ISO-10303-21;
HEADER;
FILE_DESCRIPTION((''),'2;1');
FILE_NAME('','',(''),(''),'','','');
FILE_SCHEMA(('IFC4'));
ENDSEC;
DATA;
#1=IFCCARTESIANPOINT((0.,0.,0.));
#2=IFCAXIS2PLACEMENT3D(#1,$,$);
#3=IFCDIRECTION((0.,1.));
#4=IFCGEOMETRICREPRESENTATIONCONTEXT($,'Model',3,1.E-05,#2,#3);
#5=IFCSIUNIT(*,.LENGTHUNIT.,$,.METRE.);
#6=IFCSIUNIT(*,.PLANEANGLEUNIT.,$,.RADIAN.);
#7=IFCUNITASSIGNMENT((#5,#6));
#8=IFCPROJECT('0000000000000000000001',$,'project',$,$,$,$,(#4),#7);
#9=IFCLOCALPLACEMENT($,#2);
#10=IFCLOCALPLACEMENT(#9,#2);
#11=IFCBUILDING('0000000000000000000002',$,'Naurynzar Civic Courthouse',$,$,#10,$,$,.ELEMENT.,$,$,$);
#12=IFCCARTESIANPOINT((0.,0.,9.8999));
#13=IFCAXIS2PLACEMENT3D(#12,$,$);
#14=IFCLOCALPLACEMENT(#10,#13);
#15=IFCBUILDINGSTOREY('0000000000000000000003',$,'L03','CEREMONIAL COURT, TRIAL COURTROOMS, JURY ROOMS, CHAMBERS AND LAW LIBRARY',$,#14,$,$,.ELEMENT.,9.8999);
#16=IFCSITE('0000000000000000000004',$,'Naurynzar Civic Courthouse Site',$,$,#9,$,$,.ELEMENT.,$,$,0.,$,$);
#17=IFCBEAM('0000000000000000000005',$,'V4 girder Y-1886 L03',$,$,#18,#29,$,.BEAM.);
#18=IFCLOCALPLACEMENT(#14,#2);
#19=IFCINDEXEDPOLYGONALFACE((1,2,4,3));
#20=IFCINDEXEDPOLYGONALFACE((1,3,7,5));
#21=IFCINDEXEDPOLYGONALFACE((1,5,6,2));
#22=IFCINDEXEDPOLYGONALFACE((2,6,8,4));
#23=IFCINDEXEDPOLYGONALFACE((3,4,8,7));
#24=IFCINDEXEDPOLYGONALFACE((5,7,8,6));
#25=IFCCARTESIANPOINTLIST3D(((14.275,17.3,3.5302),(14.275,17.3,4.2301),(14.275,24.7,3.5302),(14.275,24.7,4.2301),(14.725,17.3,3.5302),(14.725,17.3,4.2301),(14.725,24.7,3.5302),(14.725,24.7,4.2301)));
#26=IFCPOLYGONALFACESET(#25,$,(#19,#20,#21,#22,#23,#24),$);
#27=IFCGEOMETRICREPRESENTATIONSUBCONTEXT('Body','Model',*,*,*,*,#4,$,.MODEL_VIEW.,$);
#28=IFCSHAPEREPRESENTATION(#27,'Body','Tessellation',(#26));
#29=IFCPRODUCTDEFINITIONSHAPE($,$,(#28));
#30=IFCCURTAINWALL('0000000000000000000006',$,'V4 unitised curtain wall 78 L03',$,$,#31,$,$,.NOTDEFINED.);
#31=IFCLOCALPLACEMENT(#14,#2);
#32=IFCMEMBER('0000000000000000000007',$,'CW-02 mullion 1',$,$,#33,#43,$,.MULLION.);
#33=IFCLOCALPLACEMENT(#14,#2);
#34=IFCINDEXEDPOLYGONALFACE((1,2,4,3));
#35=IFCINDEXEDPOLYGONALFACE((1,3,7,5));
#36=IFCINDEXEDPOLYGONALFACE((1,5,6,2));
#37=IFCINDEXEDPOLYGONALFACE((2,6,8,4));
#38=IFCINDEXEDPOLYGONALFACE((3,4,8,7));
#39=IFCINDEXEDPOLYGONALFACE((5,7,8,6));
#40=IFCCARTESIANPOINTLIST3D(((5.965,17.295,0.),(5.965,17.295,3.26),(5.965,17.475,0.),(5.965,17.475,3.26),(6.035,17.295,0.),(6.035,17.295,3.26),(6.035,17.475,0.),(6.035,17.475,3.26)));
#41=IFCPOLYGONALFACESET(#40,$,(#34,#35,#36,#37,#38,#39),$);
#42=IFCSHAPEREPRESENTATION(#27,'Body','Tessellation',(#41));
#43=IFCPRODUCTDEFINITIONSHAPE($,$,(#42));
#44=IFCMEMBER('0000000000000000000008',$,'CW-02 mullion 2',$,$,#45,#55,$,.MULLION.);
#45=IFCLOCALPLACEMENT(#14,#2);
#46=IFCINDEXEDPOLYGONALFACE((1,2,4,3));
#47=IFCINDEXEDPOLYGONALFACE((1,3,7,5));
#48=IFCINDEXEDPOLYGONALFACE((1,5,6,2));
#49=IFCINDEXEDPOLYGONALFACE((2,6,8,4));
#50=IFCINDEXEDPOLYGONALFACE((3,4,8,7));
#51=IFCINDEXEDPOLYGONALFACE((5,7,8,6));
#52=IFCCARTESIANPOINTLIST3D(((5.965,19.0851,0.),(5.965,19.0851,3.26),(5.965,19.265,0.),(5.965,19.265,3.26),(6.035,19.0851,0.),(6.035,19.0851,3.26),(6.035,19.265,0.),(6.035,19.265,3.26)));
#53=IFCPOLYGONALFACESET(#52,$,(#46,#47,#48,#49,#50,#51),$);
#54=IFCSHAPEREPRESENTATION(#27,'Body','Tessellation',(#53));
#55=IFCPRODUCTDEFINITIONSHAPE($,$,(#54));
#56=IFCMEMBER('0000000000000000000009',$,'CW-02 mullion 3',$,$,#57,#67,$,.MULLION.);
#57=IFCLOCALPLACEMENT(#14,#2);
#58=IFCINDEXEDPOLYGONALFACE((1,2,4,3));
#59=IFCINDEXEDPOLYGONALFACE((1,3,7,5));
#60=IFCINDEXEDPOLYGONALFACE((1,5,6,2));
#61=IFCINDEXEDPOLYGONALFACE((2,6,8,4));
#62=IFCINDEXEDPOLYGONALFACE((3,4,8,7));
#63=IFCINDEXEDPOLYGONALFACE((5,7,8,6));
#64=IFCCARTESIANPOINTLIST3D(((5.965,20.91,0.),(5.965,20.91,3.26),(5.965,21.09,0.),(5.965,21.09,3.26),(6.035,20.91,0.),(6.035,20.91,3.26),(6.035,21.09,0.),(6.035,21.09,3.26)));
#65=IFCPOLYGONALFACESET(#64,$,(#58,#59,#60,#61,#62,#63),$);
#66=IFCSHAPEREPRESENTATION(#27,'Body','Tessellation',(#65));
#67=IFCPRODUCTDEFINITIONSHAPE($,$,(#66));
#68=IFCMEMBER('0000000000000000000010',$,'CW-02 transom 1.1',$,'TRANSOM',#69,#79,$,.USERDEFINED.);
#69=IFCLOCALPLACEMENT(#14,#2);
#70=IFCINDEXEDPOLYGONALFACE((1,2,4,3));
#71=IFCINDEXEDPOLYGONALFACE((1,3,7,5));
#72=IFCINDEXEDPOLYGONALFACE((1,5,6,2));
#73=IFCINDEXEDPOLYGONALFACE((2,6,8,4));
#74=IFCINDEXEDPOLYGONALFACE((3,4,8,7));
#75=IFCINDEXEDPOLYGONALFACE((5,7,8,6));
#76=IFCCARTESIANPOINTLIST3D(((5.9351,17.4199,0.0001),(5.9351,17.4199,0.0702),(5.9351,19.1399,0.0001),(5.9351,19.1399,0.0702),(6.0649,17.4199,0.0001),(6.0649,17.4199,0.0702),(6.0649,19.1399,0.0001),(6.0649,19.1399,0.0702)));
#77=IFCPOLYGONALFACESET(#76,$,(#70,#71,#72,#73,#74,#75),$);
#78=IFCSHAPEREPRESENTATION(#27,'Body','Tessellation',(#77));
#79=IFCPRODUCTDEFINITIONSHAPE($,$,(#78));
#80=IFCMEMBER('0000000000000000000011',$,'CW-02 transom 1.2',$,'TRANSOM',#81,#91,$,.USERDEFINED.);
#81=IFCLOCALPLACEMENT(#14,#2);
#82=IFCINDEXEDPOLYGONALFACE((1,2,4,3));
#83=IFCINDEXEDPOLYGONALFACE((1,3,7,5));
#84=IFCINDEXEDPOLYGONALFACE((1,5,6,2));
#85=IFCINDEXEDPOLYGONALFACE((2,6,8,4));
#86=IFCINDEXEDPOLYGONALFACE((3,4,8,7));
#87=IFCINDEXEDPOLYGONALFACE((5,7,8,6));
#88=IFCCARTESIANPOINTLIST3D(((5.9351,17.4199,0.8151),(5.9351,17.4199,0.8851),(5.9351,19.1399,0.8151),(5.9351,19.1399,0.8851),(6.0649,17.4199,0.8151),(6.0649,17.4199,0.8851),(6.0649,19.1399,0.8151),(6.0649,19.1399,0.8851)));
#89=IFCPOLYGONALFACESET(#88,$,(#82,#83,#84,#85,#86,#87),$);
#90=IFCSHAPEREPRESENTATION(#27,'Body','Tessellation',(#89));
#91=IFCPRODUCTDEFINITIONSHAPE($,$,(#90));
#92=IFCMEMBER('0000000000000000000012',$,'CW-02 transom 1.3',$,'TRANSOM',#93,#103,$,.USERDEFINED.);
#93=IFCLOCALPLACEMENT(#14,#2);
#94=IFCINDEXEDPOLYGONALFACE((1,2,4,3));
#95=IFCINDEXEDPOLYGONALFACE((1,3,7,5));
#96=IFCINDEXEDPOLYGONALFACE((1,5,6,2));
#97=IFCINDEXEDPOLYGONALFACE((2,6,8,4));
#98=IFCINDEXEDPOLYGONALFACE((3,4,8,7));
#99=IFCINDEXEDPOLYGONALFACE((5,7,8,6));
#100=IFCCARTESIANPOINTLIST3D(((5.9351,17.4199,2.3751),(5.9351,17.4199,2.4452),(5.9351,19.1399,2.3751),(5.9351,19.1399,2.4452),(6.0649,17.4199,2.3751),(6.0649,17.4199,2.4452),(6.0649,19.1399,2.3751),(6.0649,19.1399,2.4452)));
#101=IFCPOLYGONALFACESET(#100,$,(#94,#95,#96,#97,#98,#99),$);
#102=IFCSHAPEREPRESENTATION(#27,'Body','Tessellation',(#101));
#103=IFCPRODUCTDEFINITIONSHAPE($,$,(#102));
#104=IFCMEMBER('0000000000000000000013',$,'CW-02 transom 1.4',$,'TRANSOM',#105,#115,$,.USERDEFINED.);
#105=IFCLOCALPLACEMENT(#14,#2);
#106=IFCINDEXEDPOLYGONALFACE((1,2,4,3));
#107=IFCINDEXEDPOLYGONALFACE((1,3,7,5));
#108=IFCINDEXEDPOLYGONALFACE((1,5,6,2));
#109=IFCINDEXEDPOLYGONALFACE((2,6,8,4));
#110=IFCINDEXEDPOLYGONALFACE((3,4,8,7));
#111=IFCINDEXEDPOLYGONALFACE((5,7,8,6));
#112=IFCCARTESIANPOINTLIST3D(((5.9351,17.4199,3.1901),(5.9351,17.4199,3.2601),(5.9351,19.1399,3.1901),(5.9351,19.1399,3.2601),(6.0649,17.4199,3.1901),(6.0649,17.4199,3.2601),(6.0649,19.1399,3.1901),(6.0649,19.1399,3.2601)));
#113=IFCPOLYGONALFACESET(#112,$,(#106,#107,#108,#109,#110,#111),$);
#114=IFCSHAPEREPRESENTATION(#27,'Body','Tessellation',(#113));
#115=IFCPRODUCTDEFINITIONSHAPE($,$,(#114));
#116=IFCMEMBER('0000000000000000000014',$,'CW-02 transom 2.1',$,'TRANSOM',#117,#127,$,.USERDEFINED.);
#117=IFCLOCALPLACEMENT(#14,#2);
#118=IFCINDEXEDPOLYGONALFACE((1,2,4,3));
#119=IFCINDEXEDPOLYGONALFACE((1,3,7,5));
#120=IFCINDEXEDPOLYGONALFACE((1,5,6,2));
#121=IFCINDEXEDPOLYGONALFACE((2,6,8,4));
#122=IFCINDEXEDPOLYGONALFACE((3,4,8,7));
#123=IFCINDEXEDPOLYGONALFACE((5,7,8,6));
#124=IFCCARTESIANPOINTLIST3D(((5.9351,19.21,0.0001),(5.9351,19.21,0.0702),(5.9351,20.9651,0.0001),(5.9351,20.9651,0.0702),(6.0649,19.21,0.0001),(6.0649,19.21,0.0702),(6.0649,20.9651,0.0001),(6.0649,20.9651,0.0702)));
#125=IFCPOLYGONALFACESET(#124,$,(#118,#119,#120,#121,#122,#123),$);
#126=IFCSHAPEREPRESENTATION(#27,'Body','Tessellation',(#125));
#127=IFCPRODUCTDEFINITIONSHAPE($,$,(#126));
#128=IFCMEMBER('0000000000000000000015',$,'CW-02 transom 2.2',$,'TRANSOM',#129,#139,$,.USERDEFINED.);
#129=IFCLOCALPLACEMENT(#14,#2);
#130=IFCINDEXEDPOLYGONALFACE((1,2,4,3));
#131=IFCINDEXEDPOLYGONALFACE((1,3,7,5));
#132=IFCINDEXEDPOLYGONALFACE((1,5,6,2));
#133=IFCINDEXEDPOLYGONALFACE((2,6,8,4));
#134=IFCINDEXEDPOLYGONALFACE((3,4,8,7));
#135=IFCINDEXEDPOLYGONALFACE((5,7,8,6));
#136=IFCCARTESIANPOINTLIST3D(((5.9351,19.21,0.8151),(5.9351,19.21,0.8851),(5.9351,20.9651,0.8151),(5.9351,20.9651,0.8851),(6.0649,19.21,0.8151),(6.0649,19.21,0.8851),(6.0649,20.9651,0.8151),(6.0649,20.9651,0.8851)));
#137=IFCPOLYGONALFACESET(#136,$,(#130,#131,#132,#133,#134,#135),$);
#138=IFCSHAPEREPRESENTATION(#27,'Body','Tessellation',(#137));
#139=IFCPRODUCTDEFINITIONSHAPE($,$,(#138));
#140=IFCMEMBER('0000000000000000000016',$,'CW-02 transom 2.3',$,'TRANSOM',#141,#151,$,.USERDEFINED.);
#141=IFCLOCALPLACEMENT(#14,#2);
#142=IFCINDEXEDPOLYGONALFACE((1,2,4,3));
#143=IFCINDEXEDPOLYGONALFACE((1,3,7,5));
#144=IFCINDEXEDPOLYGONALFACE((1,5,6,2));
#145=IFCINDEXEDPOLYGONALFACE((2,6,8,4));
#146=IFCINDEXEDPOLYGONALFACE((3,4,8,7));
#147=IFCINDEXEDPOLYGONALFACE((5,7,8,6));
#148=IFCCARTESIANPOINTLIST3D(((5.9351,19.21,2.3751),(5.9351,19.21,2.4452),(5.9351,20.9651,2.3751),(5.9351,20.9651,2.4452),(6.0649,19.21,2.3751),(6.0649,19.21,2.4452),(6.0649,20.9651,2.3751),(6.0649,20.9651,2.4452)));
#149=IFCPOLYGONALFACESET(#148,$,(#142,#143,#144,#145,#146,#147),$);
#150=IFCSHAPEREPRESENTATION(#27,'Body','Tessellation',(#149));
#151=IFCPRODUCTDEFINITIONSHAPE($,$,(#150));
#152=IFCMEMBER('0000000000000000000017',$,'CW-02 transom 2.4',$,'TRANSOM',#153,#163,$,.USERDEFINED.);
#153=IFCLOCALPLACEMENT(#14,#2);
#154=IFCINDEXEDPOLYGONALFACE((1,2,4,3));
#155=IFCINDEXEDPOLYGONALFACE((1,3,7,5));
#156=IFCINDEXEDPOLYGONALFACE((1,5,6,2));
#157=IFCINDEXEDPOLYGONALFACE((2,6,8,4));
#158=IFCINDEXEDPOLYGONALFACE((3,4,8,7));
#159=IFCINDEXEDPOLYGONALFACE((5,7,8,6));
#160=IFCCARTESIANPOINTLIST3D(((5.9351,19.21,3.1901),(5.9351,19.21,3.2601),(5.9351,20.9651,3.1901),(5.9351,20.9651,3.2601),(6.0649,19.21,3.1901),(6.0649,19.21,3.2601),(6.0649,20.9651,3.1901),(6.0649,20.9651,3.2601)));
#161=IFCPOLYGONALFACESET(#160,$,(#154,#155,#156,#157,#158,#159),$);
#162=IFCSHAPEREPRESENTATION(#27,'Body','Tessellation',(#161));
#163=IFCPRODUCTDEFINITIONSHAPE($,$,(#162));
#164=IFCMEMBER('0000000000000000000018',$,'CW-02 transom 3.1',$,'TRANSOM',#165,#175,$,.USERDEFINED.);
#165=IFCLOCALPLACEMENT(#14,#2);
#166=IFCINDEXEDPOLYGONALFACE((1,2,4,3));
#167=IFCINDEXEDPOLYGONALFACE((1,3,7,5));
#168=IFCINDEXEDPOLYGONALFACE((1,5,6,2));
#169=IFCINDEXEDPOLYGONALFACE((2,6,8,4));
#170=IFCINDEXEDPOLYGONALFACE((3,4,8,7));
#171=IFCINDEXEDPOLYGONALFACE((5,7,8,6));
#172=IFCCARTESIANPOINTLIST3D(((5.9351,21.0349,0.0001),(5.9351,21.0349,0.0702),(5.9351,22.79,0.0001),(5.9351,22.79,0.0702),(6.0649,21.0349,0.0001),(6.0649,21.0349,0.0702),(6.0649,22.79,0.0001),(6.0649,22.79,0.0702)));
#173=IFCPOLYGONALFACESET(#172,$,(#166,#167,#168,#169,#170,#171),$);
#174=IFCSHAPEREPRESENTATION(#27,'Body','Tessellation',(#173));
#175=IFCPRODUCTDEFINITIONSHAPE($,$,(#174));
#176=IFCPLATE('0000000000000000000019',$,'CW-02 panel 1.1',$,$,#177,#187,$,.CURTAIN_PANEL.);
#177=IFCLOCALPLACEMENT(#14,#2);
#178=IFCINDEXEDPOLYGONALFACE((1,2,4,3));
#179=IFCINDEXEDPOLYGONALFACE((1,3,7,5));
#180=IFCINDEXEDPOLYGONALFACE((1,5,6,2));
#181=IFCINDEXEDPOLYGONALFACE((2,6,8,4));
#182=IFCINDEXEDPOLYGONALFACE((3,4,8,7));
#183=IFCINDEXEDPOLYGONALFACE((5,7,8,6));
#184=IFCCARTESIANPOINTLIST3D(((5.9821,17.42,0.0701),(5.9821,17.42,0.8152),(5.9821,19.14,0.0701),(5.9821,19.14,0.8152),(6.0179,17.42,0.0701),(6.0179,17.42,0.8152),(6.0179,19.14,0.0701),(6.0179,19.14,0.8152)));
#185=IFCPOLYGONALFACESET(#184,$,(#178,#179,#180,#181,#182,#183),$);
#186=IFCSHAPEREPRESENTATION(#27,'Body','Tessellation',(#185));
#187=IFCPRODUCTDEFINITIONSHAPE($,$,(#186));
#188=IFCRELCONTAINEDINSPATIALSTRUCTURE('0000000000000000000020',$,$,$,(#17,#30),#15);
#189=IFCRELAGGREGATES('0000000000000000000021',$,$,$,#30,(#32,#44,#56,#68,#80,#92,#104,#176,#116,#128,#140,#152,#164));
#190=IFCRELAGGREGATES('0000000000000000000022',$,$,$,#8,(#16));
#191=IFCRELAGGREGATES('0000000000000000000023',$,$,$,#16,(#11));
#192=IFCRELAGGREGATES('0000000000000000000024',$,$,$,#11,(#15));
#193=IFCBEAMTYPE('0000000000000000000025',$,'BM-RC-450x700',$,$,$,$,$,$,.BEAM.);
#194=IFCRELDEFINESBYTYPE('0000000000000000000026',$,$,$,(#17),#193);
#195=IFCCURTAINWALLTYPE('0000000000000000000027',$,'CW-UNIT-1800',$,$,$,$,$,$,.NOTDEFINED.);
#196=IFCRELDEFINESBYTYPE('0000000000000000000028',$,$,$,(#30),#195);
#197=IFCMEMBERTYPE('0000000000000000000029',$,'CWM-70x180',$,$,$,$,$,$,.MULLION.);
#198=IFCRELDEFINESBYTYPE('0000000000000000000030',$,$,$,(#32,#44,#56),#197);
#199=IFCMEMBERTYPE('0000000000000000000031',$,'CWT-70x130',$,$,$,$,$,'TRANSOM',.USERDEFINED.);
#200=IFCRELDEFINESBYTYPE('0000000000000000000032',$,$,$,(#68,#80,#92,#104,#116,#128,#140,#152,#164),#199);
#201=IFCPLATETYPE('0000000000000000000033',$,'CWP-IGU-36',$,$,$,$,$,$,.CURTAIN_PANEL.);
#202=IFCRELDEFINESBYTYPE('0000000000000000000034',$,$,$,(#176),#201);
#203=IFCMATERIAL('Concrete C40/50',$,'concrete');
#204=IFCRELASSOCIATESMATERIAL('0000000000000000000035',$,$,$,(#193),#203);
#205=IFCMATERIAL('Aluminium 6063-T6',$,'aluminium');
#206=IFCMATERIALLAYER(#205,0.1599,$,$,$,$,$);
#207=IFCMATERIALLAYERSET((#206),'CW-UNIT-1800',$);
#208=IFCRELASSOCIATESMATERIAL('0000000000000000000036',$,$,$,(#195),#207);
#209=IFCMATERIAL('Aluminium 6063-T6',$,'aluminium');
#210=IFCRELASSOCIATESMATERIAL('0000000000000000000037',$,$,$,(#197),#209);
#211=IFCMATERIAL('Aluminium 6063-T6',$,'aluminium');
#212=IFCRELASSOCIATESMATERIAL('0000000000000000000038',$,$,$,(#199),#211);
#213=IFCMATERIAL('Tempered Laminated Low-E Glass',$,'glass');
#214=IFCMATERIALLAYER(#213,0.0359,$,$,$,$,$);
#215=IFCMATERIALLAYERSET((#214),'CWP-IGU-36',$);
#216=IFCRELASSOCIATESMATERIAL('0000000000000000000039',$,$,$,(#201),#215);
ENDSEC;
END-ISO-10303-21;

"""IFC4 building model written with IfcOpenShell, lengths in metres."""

from ifc_helpers import new_model, si_unit, direction, frame, origin, origin_2d, place, context, subcontext, project, spatial, rectangle, extrude, material, layer, layer_set, material_profile, profile_set, type_object, element, aggregate, save


model = new_model("IFC4")

# Units and contexts
model_context = context("Model", 3, precision=1e-05, world=origin(), true_north=direction((0.0, 1.0)))
body_context = subcontext(model_context, "Body", "Model", "MODEL_VIEW")
ifc_project = project(units=[si_unit("LENGTHUNIT", "METRE"), si_unit("PLANEANGLEUNIT", "RADIAN")], contexts=[model_context])

# Site, building, storey
site_placement = place(None, origin())
site = spatial("IfcSite", under=ifc_project, at=site_placement, Name="Naurynzar Civic Courthouse Site", CompositionType="ELEMENT", RefElevation=0.0)
building_placement = place(site_placement, origin())
building = spatial("IfcBuilding", under=site, at=building_placement, Name="Naurynzar Civic Courthouse", CompositionType="ELEMENT")
storey_placement = place(building_placement, frame((0.0, 0.0, 9.8999)))
storey = spatial("IfcBuildingStorey", under=building, at=storey_placement, Name="L03", Description="CEREMONIAL COURT, TRIAL COURTROOMS, JURY ROOMS, CHAMBERS AND LAW LIBRARY", CompositionType="ELEMENT", Elevation=9.8999)

# Beam
ifc_material_1 = material(Name="Concrete C40/50", Category="concrete")
ifc_material_profile_1 = material_profile(ifc_material_1, rectangle(XDim=0.45, YDim=0.7, at=origin_2d()), Name="RCB 450x700")
ifc_profile_set_1 = profile_set([ifc_material_profile_1], Name="Concrete C40/50")
beam_type_1 = type_object("IfcBeamType", Name="BM-RC-450x700", PredefinedType="BEAM", material=ifc_profile_set_1)
for number, where, z_axis, x_axis, name in (
    (1, (14.5, 17.3, 3.8801), (0.0, 1.0, 0.0), (-1.0, 0.0, 0.0), "V4 girder Y-1886 L03"),
):
    element("IfcBeam", number, at=place(storey_placement, frame(where, z_axis=z_axis, x_axis=x_axis)), inside=storey, type_object=beam_type_1, Name=name, PredefinedType="BEAM", context=body_context, shape_type="SweptSolid", body=[
        extrude(rectangle(XDim=0.45, YDim=0.7, at=origin_2d()), origin(), (0.0, 0.0, 1.0), 7.3999),
    ])

# Curtain wall, members, plate
ifc_material_2 = material(Name="Aluminium 6063-T6", Category="aluminium")
ifc_layer_1 = layer(ifc_material_2, 0.1599)
ifc_layer_set_1 = layer_set([ifc_layer_1], Name="CW-UNIT-1800")
curtain_wall_type = type_object("IfcCurtainWallType", Name="CW-UNIT-1800", PredefinedType="NOTDEFINED", material=ifc_layer_set_1)
curtain_wall_placement = place(storey_placement, origin())
curtain_wall = element("IfcCurtainWall", 2, at=curtain_wall_placement, inside=storey, type_object=curtain_wall_type, Name="V4 unitised curtain wall 78 L03", PredefinedType="NOTDEFINED")
ifc_material_3 = material(Name="Aluminium 6063-T6", Category="aluminium")
ifc_material_profile_2 = material_profile(ifc_material_3, rectangle(XDim=0.0701, YDim=0.1799, at=origin_2d()), Name="ALU MULLION 70x180")
ifc_profile_set_2 = profile_set([ifc_material_profile_2], Name="Aluminium 6063-T6")
member_type_1 = type_object("IfcMemberType", Name="CWM-70x180", PredefinedType="MULLION", material=ifc_profile_set_2)
member_1_placement = place(storey_placement, frame((6.0, 17.385, 0.0), z_axis=(0.0, 0.0, 1.0), x_axis=(-1.0, 0.0, 0.0)))
member_1 = element("IfcMember", 3, at=member_1_placement, type_object=member_type_1, Name="CW-02 mullion 1", PredefinedType="MULLION", context=body_context, shape_type="SweptSolid", body=[
    extrude(rectangle(XDim=0.0701, YDim=0.1799, at=origin_2d()), origin(), (0.0, 0.0, 1.0), 3.26),
])
member_2_placement = place(storey_placement, frame((6.0, 19.175, 0.0), z_axis=(0.0, 0.0, 1.0), x_axis=(-1.0, 0.0, 0.0)))
member_2 = element("IfcMember", 4, at=member_2_placement, type_object=member_type_1, Name="CW-02 mullion 2", PredefinedType="MULLION", context=body_context, shape_type="SweptSolid", body=[
    extrude(rectangle(XDim=0.0701, YDim=0.1799, at=origin_2d()), origin(), (0.0, 0.0, 1.0), 3.26),
])
member_3_placement = place(storey_placement, frame((6.0, 21.0, 0.0), z_axis=(0.0, 0.0, 1.0), x_axis=(-1.0, 0.0, 0.0)))
member_3 = element("IfcMember", 5, at=member_3_placement, type_object=member_type_1, Name="CW-02 mullion 3", PredefinedType="MULLION", context=body_context, shape_type="SweptSolid", body=[
    extrude(rectangle(XDim=0.0701, YDim=0.1799, at=origin_2d()), origin(), (0.0, 0.0, 1.0), 3.26),
])
ifc_material_4 = material(Name="Aluminium 6063-T6", Category="aluminium")
ifc_material_profile_3 = material_profile(ifc_material_4, rectangle(XDim=0.1299, YDim=0.0701, at=origin_2d()), Name="ALU TRANSOM 70x130")
ifc_profile_set_3 = profile_set([ifc_material_profile_3], Name="Aluminium 6063-T6")
member_type_2 = type_object("IfcMemberType", Name="CWT-70x130", ElementType="TRANSOM", PredefinedType="USERDEFINED", material=ifc_profile_set_3)
member_4_placement = place(storey_placement, frame((6.0, 17.4199, 0.0352), z_axis=(0.0, 1.0, 0.0), x_axis=(-1.0, 0.0, 0.0)))
member_4 = element("IfcMember", 6, at=member_4_placement, type_object=member_type_2, Name="CW-02 transom 1.1", ObjectType="TRANSOM", PredefinedType="USERDEFINED", context=body_context, shape_type="SweptSolid", body=[
    extrude(rectangle(XDim=0.1299, YDim=0.0701, at=origin_2d()), origin(), (0.0, 0.0, 1.0), 1.72),
])
member_5_placement = place(storey_placement, frame((6.0, 17.4199, 0.8501), z_axis=(0.0, 1.0, 0.0), x_axis=(-1.0, 0.0, 0.0)))
member_5 = element("IfcMember", 7, at=member_5_placement, type_object=member_type_2, Name="CW-02 transom 1.2", ObjectType="TRANSOM", PredefinedType="USERDEFINED", context=body_context, shape_type="SweptSolid", body=[
    extrude(rectangle(XDim=0.1299, YDim=0.0701, at=origin_2d()), origin(), (0.0, 0.0, 1.0), 1.72),
])
member_6_placement = place(storey_placement, frame((6.0, 17.4199, 2.4102), z_axis=(0.0, 1.0, 0.0), x_axis=(-1.0, 0.0, 0.0)))
member_6 = element("IfcMember", 8, at=member_6_placement, type_object=member_type_2, Name="CW-02 transom 1.3", ObjectType="TRANSOM", PredefinedType="USERDEFINED", context=body_context, shape_type="SweptSolid", body=[
    extrude(rectangle(XDim=0.1299, YDim=0.0701, at=origin_2d()), origin(), (0.0, 0.0, 1.0), 1.72),
])
member_7_placement = place(storey_placement, frame((6.0, 17.4199, 3.2251), z_axis=(0.0, 1.0, 0.0), x_axis=(-1.0, 0.0, 0.0)))
member_7 = element("IfcMember", 9, at=member_7_placement, type_object=member_type_2, Name="CW-02 transom 1.4", ObjectType="TRANSOM", PredefinedType="USERDEFINED", context=body_context, shape_type="SweptSolid", body=[
    extrude(rectangle(XDim=0.1299, YDim=0.0701, at=origin_2d()), origin(), (0.0, 0.0, 1.0), 1.72),
])
member_8_placement = place(storey_placement, frame((6.0, 19.21, 0.0352), z_axis=(0.0, 1.0, 0.0), x_axis=(-1.0, 0.0, 0.0)))
member_8 = element("IfcMember", 10, at=member_8_placement, type_object=member_type_2, Name="CW-02 transom 2.1", ObjectType="TRANSOM", PredefinedType="USERDEFINED", context=body_context, shape_type="SweptSolid", body=[
    extrude(rectangle(XDim=0.1299, YDim=0.0701, at=origin_2d()), origin(), (0.0, 0.0, 1.0), 1.7551),
])
member_9_placement = place(storey_placement, frame((6.0, 19.21, 0.8501), z_axis=(0.0, 1.0, 0.0), x_axis=(-1.0, 0.0, 0.0)))
member_9 = element("IfcMember", 11, at=member_9_placement, type_object=member_type_2, Name="CW-02 transom 2.2", ObjectType="TRANSOM", PredefinedType="USERDEFINED", context=body_context, shape_type="SweptSolid", body=[
    extrude(rectangle(XDim=0.1299, YDim=0.0701, at=origin_2d()), origin(), (0.0, 0.0, 1.0), 1.7551),
])
member_10_placement = place(storey_placement, frame((6.0, 19.21, 2.4102), z_axis=(0.0, 1.0, 0.0), x_axis=(-1.0, 0.0, 0.0)))
member_10 = element("IfcMember", 12, at=member_10_placement, type_object=member_type_2, Name="CW-02 transom 2.3", ObjectType="TRANSOM", PredefinedType="USERDEFINED", context=body_context, shape_type="SweptSolid", body=[
    extrude(rectangle(XDim=0.1299, YDim=0.0701, at=origin_2d()), origin(), (0.0, 0.0, 1.0), 1.7551),
])
member_11_placement = place(storey_placement, frame((6.0, 19.21, 3.2251), z_axis=(0.0, 1.0, 0.0), x_axis=(-1.0, 0.0, 0.0)))
member_11 = element("IfcMember", 13, at=member_11_placement, type_object=member_type_2, Name="CW-02 transom 2.4", ObjectType="TRANSOM", PredefinedType="USERDEFINED", context=body_context, shape_type="SweptSolid", body=[
    extrude(rectangle(XDim=0.1299, YDim=0.0701, at=origin_2d()), origin(), (0.0, 0.0, 1.0), 1.7551),
])
member_12_placement = place(storey_placement, frame((6.0, 21.0349, 0.0352), z_axis=(0.0, 1.0, 0.0), x_axis=(-1.0, 0.0, 0.0)))
member_12 = element("IfcMember", 14, at=member_12_placement, type_object=member_type_2, Name="CW-02 transom 3.1", ObjectType="TRANSOM", PredefinedType="USERDEFINED", context=body_context, shape_type="SweptSolid", body=[
    extrude(rectangle(XDim=0.1299, YDim=0.0701, at=origin_2d()), origin(), (0.0, 0.0, 1.0), 1.7551),
])
ifc_material_5 = material(Name="Tempered Laminated Low-E Glass", Category="glass")
ifc_layer_2 = layer(ifc_material_5, 0.0359)
ifc_layer_set_2 = layer_set([ifc_layer_2], Name="CWP-IGU-36")
plate_type = type_object("IfcPlateType", Name="CWP-IGU-36", PredefinedType="CURTAIN_PANEL", material=ifc_layer_set_2)
plate_1_placement = place(storey_placement, frame((6.0, 18.28, 0.0701), z_axis=(0.0, 0.0, 1.0), x_axis=(0.0, 1.0, 0.0)))
plate_1 = element("IfcPlate", 15, at=plate_1_placement, type_object=plate_type, Name="CW-02 panel 1.1", PredefinedType="CURTAIN_PANEL", context=body_context, shape_type="SweptSolid", body=[
    extrude(rectangle(XDim=1.72, YDim=0.0359, at=origin_2d()), origin(), (0.0, 0.0, 1.0), 0.7451),
])
aggregate(curtain_wall, [member_1, member_2, member_3, member_4, member_5, member_6, member_7, plate_1, member_8, member_9, member_10, member_11, member_12])

save(model, "model.ifc")
